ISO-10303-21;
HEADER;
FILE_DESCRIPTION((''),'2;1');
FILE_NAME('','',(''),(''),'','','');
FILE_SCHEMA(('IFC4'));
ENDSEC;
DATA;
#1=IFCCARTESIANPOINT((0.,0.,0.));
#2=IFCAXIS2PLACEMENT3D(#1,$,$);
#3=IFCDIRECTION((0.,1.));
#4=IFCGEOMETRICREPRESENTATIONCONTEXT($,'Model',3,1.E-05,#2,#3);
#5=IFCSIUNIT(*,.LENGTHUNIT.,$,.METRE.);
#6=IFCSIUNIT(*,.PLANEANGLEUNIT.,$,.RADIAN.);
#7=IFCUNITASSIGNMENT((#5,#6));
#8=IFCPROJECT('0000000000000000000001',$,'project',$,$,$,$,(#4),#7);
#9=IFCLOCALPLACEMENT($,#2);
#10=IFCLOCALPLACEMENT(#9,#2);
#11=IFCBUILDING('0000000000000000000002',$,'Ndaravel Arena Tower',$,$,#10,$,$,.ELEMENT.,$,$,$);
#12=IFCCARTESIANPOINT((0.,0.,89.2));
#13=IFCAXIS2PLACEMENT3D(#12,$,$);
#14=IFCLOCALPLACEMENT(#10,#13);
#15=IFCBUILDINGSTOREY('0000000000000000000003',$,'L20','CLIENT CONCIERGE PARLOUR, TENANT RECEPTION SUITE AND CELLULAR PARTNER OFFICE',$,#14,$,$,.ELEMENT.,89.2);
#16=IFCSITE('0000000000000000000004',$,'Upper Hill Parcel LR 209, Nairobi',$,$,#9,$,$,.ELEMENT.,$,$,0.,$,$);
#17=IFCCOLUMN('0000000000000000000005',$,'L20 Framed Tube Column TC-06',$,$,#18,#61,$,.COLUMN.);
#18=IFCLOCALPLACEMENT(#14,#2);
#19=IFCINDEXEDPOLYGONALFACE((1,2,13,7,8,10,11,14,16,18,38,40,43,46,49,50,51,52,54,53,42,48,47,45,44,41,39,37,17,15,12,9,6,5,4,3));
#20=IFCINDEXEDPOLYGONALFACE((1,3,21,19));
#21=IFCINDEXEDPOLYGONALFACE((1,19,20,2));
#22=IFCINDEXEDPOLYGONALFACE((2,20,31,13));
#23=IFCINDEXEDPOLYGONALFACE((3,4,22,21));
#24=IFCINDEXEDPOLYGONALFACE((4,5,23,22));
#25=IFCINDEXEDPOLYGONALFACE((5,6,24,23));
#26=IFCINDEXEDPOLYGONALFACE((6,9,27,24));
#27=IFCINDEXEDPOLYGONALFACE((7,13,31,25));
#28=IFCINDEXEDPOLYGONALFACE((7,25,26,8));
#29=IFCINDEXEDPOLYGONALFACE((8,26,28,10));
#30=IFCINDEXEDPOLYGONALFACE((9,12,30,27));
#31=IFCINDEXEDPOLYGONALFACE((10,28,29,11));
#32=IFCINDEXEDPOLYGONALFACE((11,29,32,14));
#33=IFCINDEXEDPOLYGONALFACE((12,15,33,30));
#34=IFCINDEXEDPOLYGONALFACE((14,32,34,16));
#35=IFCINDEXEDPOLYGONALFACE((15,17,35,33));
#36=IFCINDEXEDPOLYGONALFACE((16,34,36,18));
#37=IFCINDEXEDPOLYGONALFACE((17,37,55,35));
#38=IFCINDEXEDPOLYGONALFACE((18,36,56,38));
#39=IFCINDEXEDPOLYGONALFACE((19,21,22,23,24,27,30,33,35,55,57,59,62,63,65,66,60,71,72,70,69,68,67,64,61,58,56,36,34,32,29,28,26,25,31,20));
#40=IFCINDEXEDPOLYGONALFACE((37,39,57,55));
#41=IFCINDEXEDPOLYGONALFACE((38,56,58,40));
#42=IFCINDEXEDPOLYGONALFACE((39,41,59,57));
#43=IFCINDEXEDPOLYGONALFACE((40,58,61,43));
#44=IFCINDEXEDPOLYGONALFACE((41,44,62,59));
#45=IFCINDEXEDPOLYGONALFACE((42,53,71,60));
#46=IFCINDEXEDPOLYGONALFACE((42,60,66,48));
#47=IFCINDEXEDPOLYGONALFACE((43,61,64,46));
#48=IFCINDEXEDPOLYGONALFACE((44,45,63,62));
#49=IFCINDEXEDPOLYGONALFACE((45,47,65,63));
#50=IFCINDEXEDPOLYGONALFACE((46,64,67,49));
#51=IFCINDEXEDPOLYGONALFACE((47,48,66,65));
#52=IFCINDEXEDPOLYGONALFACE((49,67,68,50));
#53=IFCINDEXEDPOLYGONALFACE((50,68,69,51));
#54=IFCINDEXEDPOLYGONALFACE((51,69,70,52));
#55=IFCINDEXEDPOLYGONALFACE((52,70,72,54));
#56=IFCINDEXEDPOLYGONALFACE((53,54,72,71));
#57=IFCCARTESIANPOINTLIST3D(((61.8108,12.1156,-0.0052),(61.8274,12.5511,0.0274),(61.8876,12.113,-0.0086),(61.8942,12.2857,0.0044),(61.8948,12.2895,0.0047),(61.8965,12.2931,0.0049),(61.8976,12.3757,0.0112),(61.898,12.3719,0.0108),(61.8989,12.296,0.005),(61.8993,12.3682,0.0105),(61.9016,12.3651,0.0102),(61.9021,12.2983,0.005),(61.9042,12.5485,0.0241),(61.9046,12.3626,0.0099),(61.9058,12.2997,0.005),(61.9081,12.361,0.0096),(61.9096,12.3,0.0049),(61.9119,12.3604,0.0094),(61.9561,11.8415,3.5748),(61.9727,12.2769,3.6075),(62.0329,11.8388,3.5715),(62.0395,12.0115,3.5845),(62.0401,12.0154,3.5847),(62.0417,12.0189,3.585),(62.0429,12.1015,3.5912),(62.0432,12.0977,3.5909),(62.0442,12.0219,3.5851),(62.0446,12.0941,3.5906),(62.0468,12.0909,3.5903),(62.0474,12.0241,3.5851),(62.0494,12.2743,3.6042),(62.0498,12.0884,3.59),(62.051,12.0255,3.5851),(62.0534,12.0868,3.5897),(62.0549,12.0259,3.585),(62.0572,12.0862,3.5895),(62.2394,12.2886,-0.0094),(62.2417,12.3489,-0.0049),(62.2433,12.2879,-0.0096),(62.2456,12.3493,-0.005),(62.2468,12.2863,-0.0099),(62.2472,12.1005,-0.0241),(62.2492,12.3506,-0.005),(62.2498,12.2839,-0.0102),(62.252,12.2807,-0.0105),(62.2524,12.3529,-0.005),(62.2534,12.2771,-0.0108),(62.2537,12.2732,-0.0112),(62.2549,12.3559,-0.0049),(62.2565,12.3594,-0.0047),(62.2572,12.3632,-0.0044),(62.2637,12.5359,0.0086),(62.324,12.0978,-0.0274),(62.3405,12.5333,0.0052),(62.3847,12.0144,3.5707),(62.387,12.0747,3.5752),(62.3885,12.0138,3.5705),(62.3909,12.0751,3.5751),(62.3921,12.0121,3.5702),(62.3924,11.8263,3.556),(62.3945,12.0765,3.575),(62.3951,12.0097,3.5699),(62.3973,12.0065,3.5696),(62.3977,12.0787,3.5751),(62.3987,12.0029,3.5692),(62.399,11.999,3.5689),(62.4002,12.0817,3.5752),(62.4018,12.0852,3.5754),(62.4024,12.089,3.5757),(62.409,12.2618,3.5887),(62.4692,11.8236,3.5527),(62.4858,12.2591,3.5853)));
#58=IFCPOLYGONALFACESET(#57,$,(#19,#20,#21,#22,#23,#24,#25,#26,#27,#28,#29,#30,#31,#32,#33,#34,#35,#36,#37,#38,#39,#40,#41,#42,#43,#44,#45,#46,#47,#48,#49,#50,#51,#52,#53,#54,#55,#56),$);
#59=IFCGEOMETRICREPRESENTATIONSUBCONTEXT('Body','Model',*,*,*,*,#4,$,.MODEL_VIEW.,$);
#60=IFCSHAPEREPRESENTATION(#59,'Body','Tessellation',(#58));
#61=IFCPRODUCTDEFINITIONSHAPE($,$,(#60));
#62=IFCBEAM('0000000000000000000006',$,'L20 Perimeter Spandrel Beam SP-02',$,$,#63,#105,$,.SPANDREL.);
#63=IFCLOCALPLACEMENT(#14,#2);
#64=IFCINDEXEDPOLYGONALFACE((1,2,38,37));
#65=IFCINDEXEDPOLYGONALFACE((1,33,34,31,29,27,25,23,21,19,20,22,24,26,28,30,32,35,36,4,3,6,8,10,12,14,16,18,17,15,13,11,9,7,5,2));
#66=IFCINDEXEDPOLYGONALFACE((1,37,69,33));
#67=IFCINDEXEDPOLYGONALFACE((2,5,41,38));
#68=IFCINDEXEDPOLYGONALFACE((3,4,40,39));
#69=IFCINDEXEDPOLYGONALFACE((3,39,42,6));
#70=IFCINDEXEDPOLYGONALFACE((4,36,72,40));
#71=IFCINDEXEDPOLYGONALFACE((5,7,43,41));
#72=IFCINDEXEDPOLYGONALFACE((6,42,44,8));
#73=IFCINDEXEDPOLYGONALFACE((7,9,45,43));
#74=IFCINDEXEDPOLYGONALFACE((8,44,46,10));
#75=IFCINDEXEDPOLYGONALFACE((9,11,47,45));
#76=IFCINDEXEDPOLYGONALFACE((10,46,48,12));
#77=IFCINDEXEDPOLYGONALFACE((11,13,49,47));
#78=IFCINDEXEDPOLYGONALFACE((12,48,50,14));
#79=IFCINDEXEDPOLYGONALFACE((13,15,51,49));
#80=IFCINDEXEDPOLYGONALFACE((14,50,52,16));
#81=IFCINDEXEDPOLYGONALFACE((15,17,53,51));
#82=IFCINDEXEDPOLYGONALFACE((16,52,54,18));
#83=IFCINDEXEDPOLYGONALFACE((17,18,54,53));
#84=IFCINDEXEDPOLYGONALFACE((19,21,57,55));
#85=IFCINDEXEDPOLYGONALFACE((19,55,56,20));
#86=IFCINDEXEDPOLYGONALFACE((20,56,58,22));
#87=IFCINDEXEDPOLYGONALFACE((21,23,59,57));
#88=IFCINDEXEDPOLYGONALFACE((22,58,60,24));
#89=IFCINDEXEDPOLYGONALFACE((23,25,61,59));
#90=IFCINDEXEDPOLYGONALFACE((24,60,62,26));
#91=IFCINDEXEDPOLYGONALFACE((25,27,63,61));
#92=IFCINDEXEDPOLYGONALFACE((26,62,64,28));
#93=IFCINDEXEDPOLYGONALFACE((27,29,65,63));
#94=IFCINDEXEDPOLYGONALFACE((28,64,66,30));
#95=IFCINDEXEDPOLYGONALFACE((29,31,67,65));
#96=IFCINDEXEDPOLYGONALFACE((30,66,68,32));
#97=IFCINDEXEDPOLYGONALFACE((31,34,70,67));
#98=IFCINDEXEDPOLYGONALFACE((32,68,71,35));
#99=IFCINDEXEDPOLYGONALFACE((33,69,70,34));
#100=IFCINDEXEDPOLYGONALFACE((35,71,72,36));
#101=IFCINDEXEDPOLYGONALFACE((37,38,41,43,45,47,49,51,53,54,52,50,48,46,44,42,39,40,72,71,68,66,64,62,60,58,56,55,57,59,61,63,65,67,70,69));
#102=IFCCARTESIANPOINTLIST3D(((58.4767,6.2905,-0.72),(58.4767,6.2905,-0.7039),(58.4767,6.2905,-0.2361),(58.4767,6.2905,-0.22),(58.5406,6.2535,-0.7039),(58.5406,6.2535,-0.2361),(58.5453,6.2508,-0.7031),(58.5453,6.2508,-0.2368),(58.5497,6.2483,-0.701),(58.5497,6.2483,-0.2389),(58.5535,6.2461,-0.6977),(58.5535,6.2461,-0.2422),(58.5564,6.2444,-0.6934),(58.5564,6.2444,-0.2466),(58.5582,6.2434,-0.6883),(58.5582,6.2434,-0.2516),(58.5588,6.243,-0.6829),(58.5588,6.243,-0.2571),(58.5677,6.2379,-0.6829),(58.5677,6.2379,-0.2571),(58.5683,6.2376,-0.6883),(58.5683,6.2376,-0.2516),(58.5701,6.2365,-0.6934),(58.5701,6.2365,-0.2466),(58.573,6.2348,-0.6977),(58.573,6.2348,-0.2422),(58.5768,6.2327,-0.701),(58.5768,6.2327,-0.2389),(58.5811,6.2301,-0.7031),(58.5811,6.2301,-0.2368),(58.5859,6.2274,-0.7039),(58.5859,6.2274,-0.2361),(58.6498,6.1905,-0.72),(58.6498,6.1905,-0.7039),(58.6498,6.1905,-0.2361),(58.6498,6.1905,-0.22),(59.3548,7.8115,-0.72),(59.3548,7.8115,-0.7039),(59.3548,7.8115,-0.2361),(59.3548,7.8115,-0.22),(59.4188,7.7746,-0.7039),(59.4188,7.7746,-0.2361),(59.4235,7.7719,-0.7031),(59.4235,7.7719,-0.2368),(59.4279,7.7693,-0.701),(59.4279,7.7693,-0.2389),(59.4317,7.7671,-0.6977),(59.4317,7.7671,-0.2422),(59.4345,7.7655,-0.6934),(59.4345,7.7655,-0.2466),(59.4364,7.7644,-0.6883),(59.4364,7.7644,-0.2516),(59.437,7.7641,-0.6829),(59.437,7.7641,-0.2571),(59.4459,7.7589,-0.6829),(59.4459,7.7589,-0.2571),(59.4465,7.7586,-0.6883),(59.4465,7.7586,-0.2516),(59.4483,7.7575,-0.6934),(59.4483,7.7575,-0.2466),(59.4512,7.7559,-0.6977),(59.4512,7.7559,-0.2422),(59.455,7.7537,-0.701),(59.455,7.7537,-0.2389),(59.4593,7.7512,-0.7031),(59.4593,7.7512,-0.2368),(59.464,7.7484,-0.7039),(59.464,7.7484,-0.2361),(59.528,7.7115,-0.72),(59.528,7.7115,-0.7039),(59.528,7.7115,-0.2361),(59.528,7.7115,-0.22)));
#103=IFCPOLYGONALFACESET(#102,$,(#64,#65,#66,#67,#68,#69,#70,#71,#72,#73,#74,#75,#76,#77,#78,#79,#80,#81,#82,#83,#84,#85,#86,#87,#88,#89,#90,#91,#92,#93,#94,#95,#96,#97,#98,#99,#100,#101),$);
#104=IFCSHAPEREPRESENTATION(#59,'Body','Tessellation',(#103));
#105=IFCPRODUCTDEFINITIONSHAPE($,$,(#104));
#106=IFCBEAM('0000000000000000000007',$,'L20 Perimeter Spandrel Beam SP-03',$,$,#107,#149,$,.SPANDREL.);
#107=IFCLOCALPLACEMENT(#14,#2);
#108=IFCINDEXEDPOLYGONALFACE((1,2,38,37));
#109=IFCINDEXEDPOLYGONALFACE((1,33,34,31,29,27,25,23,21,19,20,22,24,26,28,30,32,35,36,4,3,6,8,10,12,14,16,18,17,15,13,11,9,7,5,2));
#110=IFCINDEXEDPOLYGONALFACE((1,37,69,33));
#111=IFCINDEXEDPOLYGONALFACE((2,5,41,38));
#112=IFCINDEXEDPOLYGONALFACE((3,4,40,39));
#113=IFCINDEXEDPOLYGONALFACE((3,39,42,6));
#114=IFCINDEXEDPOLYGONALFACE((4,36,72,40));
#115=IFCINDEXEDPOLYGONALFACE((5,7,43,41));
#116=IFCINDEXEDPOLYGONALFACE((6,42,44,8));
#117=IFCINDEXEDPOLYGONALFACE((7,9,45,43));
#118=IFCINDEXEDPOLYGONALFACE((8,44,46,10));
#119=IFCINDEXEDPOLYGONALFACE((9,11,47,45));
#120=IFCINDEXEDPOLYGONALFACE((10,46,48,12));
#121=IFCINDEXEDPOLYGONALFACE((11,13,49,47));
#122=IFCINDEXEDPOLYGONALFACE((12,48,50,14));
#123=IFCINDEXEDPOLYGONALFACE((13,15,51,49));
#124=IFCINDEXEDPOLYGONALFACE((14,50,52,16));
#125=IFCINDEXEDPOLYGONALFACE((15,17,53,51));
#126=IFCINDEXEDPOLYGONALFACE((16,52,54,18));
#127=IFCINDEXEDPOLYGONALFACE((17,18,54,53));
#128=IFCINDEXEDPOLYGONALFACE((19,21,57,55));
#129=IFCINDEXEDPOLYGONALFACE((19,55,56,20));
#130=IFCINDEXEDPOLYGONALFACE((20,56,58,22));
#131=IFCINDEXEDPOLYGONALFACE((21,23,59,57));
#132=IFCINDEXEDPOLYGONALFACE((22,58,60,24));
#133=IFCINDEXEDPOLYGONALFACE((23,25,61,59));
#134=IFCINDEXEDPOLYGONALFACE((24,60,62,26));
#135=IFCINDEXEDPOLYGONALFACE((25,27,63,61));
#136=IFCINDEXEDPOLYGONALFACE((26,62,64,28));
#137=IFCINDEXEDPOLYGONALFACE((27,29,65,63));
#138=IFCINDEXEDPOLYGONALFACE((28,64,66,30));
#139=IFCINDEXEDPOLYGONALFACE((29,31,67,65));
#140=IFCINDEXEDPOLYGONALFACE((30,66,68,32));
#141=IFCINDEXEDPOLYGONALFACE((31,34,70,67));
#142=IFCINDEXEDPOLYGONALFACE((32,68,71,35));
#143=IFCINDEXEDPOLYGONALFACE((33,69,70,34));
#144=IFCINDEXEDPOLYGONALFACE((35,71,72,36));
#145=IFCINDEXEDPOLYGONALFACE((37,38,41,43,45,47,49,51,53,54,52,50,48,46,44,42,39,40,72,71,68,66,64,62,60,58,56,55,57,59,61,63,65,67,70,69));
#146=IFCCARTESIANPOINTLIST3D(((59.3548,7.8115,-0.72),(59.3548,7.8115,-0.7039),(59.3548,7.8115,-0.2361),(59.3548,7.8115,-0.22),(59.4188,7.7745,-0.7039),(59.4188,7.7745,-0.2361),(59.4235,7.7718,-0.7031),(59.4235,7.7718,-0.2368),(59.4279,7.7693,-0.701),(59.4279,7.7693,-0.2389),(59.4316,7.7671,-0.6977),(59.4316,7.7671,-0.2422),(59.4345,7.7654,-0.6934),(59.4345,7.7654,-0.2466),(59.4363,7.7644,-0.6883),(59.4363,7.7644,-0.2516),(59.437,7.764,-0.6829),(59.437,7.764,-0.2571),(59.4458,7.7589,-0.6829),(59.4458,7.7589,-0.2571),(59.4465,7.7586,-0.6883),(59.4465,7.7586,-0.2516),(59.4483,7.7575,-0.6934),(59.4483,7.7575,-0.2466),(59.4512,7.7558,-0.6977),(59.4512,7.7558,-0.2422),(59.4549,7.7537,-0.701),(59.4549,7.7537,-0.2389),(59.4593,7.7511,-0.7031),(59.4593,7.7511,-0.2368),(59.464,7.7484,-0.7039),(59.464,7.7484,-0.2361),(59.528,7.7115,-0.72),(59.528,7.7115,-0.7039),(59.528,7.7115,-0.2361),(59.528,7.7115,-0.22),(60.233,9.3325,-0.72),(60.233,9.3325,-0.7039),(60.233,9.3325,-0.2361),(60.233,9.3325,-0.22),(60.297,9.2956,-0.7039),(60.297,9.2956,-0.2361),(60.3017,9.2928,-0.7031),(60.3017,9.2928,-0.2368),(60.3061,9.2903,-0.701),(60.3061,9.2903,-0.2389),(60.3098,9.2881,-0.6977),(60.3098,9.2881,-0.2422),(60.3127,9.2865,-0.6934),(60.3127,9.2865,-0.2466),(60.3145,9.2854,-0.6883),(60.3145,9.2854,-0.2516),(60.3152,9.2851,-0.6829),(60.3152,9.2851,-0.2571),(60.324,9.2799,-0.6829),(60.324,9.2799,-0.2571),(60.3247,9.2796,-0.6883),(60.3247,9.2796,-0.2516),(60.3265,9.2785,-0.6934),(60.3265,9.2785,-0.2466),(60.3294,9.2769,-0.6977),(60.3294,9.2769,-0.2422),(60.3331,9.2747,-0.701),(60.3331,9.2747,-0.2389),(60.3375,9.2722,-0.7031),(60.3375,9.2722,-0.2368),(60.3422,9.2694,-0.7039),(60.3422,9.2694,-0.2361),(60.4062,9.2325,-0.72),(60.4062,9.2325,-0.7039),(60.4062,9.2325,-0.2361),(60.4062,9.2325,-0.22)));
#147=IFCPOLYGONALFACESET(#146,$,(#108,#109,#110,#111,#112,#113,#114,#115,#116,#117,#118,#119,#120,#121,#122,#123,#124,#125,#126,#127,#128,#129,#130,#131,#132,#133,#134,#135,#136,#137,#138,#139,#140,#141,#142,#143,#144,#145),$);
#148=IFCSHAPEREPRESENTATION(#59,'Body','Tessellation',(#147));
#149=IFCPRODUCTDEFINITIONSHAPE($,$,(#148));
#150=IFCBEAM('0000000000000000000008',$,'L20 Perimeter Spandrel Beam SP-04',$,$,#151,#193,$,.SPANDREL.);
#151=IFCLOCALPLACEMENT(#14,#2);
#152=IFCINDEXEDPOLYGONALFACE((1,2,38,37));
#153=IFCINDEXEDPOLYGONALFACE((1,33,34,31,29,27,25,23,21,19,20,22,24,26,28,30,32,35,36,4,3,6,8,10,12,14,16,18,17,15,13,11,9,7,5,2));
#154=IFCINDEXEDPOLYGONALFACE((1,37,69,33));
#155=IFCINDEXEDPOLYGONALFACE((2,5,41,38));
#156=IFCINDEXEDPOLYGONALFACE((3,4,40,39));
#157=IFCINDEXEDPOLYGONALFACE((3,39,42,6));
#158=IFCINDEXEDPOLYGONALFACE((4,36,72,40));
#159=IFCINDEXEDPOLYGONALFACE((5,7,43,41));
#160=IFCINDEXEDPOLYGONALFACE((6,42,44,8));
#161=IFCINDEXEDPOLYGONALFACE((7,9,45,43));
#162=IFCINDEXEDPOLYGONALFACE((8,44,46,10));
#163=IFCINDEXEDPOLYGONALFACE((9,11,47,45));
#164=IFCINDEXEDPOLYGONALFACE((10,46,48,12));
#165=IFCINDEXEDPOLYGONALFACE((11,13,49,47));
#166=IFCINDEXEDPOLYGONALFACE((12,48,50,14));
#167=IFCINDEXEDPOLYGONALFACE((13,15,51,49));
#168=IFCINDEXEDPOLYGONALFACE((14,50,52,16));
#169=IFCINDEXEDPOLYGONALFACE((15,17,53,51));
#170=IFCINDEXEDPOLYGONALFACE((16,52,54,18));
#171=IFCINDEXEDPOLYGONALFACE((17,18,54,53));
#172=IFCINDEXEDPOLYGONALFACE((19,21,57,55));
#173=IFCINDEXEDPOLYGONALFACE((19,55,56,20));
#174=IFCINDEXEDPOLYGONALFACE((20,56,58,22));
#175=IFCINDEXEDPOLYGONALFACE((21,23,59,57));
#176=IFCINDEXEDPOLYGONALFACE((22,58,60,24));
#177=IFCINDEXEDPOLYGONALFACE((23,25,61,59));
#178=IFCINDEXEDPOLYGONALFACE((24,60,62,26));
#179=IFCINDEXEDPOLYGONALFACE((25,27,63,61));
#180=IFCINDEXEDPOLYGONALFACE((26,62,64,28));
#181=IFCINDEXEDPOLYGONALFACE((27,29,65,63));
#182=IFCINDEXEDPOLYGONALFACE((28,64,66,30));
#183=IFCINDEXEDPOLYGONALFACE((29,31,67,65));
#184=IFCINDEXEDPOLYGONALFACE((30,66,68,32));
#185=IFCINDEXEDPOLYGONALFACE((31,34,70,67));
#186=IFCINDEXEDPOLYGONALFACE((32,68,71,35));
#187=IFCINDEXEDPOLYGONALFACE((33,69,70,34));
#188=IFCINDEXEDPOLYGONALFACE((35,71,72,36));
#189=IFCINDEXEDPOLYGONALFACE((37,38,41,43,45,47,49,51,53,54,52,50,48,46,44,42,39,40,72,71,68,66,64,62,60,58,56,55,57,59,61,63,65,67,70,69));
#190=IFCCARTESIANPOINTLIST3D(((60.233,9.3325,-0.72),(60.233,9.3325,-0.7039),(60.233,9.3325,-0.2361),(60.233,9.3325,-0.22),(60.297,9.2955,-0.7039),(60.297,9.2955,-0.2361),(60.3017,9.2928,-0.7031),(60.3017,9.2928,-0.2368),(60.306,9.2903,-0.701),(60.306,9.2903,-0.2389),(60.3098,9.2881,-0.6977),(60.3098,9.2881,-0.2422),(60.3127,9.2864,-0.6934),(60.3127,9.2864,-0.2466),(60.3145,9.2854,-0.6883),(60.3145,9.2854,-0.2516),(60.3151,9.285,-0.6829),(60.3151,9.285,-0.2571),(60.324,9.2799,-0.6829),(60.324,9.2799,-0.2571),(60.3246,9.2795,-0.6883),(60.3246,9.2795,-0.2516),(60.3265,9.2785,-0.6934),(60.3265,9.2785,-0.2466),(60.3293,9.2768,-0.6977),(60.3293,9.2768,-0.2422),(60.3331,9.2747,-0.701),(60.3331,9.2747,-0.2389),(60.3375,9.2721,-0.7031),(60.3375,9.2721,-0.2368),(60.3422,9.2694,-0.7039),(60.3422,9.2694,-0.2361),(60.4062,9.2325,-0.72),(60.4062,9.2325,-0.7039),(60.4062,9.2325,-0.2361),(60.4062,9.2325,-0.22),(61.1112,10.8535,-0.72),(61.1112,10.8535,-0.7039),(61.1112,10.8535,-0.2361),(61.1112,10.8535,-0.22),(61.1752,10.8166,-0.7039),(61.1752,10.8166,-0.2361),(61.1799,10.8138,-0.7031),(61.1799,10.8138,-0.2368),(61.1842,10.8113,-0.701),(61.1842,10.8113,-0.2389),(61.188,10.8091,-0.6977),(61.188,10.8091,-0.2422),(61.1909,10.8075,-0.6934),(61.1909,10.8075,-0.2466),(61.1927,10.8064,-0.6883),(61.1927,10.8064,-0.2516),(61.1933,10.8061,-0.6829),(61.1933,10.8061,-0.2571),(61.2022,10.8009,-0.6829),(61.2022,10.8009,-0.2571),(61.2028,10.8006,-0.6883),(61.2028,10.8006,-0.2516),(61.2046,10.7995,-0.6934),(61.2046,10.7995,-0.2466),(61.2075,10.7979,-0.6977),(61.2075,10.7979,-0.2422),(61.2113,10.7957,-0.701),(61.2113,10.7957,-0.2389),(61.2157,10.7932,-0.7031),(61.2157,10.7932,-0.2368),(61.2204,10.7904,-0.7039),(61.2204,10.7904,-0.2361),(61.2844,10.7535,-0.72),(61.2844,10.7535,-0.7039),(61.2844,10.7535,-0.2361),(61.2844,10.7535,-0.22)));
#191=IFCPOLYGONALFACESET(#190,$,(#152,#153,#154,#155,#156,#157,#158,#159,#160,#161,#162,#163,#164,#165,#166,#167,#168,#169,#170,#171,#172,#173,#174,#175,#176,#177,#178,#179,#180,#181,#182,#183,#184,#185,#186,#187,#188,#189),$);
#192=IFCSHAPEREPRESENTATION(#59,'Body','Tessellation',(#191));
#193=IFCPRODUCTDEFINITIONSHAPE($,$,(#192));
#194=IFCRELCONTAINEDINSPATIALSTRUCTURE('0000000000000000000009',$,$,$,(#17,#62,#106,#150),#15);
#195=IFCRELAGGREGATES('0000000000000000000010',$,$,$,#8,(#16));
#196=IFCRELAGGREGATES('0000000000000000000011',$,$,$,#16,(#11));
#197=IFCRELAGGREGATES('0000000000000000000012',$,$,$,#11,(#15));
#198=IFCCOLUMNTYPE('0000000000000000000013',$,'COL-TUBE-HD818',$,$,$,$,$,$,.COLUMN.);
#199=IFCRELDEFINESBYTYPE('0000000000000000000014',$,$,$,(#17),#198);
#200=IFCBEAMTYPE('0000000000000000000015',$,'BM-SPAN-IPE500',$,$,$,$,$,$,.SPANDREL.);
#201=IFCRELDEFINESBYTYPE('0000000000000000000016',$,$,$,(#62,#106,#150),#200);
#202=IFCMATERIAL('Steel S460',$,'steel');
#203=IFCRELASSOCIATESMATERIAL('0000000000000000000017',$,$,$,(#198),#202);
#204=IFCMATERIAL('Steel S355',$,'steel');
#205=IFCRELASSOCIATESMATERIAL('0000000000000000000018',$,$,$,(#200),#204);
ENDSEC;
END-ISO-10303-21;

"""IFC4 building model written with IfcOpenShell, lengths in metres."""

from ifc_helpers import new_model, si_unit, direction, frame, origin, origin_2d, place, context, subcontext, project, spatial, i_section, extrude, material, material_profile, profile_set, type_object, element, save


model = new_model("IFC4")

# Units and contexts
model_context = context("Model", 3, precision=1e-05, world=origin(), true_north=direction((0.0, 1.0)))
body_context = subcontext(model_context, "Body", "Model", "MODEL_VIEW")
ifc_project = project(units=[si_unit("LENGTHUNIT", "METRE"), si_unit("PLANEANGLEUNIT", "RADIAN")], contexts=[model_context])

# Site, building, storey
site_placement = place(None, origin())
site = spatial("IfcSite", under=ifc_project, at=site_placement, Name="Upper Hill Parcel LR 209, Nairobi", CompositionType="ELEMENT", RefElevation=0.0)
building_placement = place(site_placement, origin())
building = spatial("IfcBuilding", under=site, at=building_placement, Name="Ndaravel Arena Tower", CompositionType="ELEMENT")
storey_placement = place(building_placement, frame((0.0, 0.0, 89.2)))
storey = spatial("IfcBuildingStorey", under=building, at=storey_placement, Name="L20", Description="CLIENT CONCIERGE PARLOUR, TENANT RECEPTION SUITE AND CELLULAR PARTNER OFFICE", CompositionType="ELEMENT", Elevation=89.2)

# Column
ifc_material_1 = material(Name="Steel S460", Category="steel")
ifc_material_profile_1 = material_profile(ifc_material_1, i_section(OverallWidth=0.437, OverallDepth=0.5139, WebThickness=0.0605, FlangeThickness=0.0769, FilletRadius=0.0149, at=origin_2d()), Name="HD 400x818")
ifc_profile_set_1 = profile_set([ifc_material_profile_1], Name="Steel S460")
column_type = type_object("IfcColumnType", Name="COL-TUBE-HD818", PredefinedType="COLUMN", material=ifc_profile_set_1)
column_1_placement = place(storey_placement, frame((62.0757, 12.3245, 0.0), z_axis=(0.040424, -0.076296, 0.996265), x_axis=(0.037878, 0.996481, 0.074776)))
element("IfcColumn", 1, at=column_1_placement, inside=storey, type_object=column_type, Name="L20 Framed Tube Column TC-06", PredefinedType="COLUMN", context=body_context, shape_type="SweptSolid", body=[
    extrude(i_section(OverallWidth=0.437, OverallDepth=0.5139, WebThickness=0.0605, FlangeThickness=0.0769, FilletRadius=0.0149, at=origin_2d()), origin(), (0.0, 0.0, 1.0), 3.5935),
])

# Beams
ifc_material_2 = material(Name="Steel S355", Category="steel")
ifc_material_profile_2 = material_profile(ifc_material_2, i_section(OverallWidth=0.2, OverallDepth=0.5, WebThickness=0.0103, FlangeThickness=0.0161, FilletRadius=0.021, at=origin_2d()), Name="IPE 500")
ifc_profile_set_2 = profile_set([ifc_material_profile_2], Name="Steel S355")
beam_type = type_object("IfcBeamType", Name="BM-SPAN-IPE500", PredefinedType="SPANDREL", material=ifc_profile_set_2)
for number, where, z_axis, x_axis, name in (
    (2, (58.5632, 6.2405, -0.47), (0.500011, 0.866019, 0.0), (-0.866019, 0.500011, 0.0), "L20 Perimeter Spandrel Beam SP-02"),
    (3, (59.4414, 7.7615, -0.47), (0.500011, 0.866019, 0.0), (-0.866019, 0.500011, 0.0), "L20 Perimeter Spandrel Beam SP-03"),
    (4, (60.3196, 9.2825, -0.47), (0.500011, 0.866019, 0.0), (-0.866019, 0.500011, 0.0), "L20 Perimeter Spandrel Beam SP-04"),
):
    element("IfcBeam", number, at=place(storey_placement, frame(where, z_axis=z_axis, x_axis=x_axis)), inside=storey, type_object=beam_type, Name=name, PredefinedType="SPANDREL", context=body_context, shape_type="SweptSolid", body=[
        extrude(i_section(OverallWidth=0.2, OverallDepth=0.5, WebThickness=0.0103, FlangeThickness=0.0161, FilletRadius=0.021, at=origin_2d()), origin(), (0.0, 0.0, 1.0), 1.7563),
    ])

save(model, "model.ifc")
